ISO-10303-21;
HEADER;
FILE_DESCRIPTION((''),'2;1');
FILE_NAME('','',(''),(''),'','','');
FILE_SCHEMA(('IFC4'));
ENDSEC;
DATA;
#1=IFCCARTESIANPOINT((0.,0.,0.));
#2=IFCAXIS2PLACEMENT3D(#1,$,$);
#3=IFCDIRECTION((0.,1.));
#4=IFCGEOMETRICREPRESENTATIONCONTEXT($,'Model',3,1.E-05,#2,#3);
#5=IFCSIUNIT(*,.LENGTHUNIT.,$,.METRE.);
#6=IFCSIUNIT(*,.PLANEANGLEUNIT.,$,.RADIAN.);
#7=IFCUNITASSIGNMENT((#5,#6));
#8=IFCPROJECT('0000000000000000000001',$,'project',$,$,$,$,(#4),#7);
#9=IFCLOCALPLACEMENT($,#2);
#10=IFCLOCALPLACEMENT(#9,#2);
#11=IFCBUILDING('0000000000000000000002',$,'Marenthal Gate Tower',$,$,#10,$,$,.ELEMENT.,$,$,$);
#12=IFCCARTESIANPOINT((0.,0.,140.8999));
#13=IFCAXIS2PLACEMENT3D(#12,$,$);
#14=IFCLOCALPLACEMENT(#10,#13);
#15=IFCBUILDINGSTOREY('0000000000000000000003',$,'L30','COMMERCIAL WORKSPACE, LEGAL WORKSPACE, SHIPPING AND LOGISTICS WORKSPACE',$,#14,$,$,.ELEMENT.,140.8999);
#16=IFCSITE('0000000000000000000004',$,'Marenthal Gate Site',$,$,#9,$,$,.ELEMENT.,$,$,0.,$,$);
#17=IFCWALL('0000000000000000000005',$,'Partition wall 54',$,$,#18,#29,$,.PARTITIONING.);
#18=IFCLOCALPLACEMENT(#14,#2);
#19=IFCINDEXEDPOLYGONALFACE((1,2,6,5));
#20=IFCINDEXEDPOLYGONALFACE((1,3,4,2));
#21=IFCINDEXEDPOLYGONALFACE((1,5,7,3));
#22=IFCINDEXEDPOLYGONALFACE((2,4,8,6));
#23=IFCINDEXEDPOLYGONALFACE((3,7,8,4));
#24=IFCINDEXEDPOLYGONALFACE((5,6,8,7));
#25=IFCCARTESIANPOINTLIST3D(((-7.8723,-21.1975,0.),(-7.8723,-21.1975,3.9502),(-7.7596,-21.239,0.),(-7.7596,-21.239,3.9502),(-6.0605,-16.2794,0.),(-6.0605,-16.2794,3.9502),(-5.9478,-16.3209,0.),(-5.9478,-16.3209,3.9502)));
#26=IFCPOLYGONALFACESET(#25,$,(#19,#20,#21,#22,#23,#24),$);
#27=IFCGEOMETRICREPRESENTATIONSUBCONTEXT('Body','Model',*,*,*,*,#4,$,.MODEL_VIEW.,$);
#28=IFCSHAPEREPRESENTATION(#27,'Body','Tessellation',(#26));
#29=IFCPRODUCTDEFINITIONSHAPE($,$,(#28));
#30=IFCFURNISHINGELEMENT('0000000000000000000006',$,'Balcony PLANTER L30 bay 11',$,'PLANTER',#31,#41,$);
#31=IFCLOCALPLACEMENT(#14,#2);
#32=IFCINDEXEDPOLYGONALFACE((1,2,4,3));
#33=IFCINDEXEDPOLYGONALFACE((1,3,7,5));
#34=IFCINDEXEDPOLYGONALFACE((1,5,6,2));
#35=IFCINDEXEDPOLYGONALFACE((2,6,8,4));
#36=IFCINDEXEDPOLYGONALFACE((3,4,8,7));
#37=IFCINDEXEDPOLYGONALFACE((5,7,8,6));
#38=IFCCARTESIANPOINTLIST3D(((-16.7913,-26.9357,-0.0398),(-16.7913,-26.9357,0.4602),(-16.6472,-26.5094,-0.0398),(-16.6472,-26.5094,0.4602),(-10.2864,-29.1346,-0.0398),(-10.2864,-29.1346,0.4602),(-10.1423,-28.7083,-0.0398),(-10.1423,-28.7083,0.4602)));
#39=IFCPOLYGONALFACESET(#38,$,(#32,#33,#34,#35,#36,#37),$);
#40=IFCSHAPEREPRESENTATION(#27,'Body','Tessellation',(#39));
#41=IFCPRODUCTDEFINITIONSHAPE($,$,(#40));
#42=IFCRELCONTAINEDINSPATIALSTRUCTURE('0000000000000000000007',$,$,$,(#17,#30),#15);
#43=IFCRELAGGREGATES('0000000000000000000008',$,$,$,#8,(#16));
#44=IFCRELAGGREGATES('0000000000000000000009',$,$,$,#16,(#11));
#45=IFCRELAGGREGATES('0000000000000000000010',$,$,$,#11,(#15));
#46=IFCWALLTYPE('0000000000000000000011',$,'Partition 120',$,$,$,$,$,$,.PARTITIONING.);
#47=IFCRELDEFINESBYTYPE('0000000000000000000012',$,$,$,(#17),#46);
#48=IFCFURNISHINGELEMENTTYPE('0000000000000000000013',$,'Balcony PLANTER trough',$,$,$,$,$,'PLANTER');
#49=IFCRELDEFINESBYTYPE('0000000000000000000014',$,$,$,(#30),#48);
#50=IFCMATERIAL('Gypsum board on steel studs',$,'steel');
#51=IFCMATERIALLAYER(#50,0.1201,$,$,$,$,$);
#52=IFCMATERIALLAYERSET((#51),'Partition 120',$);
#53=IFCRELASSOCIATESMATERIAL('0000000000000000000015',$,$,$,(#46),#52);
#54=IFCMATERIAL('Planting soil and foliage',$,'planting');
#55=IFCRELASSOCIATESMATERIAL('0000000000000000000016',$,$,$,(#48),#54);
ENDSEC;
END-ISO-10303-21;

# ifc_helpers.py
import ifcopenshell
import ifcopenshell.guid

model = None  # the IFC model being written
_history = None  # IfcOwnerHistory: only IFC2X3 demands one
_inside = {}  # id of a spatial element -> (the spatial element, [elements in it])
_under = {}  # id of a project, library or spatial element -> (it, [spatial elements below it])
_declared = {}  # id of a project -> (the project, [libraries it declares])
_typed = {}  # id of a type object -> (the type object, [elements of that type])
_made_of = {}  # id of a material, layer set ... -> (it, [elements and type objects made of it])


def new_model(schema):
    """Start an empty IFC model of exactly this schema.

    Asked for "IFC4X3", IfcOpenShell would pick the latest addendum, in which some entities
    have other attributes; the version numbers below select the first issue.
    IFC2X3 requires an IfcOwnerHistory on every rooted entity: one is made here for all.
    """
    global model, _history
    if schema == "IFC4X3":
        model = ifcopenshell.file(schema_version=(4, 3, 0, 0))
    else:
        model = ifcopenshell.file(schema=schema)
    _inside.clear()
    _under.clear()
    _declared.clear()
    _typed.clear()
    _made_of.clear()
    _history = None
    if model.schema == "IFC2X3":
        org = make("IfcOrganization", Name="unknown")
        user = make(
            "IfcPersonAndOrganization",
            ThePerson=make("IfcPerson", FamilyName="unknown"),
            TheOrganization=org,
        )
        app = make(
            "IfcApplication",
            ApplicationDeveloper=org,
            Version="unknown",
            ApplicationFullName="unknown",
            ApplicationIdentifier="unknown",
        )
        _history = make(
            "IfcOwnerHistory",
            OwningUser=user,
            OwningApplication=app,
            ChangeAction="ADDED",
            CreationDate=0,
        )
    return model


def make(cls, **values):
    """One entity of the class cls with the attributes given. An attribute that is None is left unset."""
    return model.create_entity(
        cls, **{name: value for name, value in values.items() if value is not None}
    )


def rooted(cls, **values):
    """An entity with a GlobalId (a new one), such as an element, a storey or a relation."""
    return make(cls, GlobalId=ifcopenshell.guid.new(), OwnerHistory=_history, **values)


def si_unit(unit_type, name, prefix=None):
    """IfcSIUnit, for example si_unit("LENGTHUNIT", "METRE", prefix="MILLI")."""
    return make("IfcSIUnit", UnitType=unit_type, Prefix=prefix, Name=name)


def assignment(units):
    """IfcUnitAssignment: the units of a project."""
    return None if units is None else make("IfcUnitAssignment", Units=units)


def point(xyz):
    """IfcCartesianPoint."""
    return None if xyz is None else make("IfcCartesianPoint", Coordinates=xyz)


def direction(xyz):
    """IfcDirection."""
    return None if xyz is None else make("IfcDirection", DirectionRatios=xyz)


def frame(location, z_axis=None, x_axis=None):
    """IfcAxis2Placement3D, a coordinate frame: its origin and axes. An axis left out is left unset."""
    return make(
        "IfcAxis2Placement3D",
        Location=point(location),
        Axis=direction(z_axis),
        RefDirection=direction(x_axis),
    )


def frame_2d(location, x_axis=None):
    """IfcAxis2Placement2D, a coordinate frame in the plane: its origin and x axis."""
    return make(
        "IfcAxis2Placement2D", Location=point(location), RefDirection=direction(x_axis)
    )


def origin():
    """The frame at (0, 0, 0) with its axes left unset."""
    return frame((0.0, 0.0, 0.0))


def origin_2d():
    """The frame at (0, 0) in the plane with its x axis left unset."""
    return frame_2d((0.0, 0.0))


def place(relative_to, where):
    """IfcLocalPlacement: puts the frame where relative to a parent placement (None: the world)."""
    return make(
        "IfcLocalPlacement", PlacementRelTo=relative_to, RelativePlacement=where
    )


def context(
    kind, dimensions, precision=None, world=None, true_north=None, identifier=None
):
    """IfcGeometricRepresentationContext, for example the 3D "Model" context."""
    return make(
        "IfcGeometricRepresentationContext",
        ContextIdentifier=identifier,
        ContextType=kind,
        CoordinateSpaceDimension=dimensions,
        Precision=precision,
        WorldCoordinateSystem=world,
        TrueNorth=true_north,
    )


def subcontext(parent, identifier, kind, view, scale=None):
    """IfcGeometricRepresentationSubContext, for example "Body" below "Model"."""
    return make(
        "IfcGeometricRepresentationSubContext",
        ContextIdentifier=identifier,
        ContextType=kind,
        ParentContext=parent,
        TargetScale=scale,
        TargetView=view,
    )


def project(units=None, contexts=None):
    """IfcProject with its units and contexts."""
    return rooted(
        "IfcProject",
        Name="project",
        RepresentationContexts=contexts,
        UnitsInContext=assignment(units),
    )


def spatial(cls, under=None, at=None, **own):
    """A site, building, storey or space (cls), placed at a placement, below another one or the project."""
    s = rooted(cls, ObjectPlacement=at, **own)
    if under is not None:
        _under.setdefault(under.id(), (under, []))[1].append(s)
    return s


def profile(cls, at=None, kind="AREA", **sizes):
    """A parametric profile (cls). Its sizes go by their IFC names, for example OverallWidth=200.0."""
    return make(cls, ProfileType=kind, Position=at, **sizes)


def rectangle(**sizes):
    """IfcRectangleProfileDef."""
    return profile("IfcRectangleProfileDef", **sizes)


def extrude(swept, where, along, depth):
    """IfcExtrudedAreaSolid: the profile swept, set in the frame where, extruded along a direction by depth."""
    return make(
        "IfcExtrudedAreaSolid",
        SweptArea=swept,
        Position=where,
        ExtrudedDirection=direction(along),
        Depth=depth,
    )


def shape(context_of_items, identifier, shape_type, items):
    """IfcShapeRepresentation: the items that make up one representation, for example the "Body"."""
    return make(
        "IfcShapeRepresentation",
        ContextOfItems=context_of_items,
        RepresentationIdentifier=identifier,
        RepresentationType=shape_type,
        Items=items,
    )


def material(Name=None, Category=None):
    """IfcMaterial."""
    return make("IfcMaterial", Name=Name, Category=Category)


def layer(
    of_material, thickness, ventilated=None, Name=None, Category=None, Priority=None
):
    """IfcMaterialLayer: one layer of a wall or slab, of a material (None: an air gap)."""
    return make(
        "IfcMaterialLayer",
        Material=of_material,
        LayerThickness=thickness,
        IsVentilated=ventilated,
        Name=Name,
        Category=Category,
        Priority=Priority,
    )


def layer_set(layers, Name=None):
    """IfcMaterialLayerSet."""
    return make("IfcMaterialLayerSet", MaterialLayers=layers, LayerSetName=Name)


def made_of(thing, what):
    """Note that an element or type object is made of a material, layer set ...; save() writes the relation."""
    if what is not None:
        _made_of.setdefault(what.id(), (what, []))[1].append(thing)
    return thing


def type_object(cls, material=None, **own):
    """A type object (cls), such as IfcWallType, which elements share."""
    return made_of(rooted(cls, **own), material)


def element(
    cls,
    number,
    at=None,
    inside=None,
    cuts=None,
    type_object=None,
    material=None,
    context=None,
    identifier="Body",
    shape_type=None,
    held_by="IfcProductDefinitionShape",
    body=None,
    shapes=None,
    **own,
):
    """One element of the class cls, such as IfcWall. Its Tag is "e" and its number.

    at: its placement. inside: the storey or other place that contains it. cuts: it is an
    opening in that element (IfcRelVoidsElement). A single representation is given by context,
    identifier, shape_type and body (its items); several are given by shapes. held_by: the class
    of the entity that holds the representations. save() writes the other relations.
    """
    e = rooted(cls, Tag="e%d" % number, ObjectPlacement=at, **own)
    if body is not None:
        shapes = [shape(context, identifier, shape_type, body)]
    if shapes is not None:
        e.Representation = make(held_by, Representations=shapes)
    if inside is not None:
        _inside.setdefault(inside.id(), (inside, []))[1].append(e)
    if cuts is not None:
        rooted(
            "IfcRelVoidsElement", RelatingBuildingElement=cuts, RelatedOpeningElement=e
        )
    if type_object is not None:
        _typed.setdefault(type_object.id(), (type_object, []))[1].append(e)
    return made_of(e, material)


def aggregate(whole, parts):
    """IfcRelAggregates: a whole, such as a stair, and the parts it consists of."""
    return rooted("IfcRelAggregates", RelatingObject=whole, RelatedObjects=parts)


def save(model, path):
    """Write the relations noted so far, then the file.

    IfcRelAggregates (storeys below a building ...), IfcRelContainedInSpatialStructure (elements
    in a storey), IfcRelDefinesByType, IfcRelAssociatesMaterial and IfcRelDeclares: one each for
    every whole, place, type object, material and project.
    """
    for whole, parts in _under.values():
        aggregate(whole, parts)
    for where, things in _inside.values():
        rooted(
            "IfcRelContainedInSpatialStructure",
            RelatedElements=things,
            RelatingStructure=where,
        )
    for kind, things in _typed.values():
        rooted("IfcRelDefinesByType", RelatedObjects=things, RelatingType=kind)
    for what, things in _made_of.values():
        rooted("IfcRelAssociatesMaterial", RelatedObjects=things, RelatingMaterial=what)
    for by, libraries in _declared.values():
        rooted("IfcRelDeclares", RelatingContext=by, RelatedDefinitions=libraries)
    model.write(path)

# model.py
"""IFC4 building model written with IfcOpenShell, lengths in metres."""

from ifc_helpers import new_model, si_unit, direction, frame, frame_2d, origin, origin_2d, place, context, subcontext, project, spatial, rectangle, extrude, material, layer, layer_set, type_object, element, save


model = new_model("IFC4")

# Units and contexts
model_context = context("Model", 3, precision=1e-05, world=origin(), true_north=direction((0.0, 1.0)))
body_context = subcontext(model_context, "Body", "Model", "MODEL_VIEW")
ifc_project = project(units=[si_unit("LENGTHUNIT", "METRE"), si_unit("PLANEANGLEUNIT", "RADIAN")], contexts=[model_context])

# Site, building, storey
site_placement = place(None, origin())
site = spatial("IfcSite", under=ifc_project, at=site_placement, Name="Marenthal Gate Site", CompositionType="ELEMENT", RefElevation=0.0)
building_placement = place(site_placement, origin())
building = spatial("IfcBuilding", under=site, at=building_placement, Name="Marenthal Gate Tower", CompositionType="ELEMENT")
storey_placement = place(building_placement, frame((0.0, 0.0, 140.8999)))
storey = spatial("IfcBuildingStorey", under=building, at=storey_placement, Name="L30", Description="COMMERCIAL WORKSPACE, LEGAL WORKSPACE, SHIPPING AND LOGISTICS WORKSPACE", CompositionType="ELEMENT", Elevation=140.8999)

# Wall
ifc_material_1 = material(Name="Gypsum board on steel studs", Category="steel")
ifc_layer_1 = layer(ifc_material_1, 0.1201)
ifc_layer_set_1 = layer_set([ifc_layer_1], Name="Partition 120")
wall_type = type_object("IfcWallType", Name="Partition 120", PredefinedType="PARTITIONING", material=ifc_layer_set_1)
wall_1_placement = place(storey_placement, frame((-7.8159, -21.2183, 0.0), z_axis=(0.0, 0.0, 1.0), x_axis=(0.345671, 0.938356, 0.0)))
element("IfcWall", 1, at=wall_1_placement, inside=storey, type_object=wall_type, Name="Partition wall 54", PredefinedType="PARTITIONING", context=body_context, shape_type="SweptSolid", body=[
    extrude(rectangle(XDim=5.2412, YDim=0.1201, at=frame_2d((2.6206, 0.0))), origin(), (0.0, 0.0, 1.0), 3.9502),
])

# Furnishing element
ifc_material_2 = material(Name="Planting soil and foliage", Category="planting")
furnishing_element_type = type_object("IfcFurnishingElementType", Name="Balcony PLANTER trough", ElementType="PLANTER", material=ifc_material_2)
furnishing_placement = place(storey_placement, frame((-13.4668, -27.822, -0.0398), z_axis=(0.0, 0.0, 1.0), x_axis=(0.947338, -0.320236, 0.0)))
element("IfcFurnishingElement", 2, at=furnishing_placement, inside=storey, type_object=furnishing_element_type, Name="Balcony PLANTER L30 bay 11", ObjectType="PLANTER", context=body_context, shape_type="SweptSolid", body=[
    extrude(rectangle(XDim=6.8665, YDim=0.45, at=origin_2d()), origin(), (0.0, 0.0, 1.0), 0.5),
])

save(model, "model.ifc")
